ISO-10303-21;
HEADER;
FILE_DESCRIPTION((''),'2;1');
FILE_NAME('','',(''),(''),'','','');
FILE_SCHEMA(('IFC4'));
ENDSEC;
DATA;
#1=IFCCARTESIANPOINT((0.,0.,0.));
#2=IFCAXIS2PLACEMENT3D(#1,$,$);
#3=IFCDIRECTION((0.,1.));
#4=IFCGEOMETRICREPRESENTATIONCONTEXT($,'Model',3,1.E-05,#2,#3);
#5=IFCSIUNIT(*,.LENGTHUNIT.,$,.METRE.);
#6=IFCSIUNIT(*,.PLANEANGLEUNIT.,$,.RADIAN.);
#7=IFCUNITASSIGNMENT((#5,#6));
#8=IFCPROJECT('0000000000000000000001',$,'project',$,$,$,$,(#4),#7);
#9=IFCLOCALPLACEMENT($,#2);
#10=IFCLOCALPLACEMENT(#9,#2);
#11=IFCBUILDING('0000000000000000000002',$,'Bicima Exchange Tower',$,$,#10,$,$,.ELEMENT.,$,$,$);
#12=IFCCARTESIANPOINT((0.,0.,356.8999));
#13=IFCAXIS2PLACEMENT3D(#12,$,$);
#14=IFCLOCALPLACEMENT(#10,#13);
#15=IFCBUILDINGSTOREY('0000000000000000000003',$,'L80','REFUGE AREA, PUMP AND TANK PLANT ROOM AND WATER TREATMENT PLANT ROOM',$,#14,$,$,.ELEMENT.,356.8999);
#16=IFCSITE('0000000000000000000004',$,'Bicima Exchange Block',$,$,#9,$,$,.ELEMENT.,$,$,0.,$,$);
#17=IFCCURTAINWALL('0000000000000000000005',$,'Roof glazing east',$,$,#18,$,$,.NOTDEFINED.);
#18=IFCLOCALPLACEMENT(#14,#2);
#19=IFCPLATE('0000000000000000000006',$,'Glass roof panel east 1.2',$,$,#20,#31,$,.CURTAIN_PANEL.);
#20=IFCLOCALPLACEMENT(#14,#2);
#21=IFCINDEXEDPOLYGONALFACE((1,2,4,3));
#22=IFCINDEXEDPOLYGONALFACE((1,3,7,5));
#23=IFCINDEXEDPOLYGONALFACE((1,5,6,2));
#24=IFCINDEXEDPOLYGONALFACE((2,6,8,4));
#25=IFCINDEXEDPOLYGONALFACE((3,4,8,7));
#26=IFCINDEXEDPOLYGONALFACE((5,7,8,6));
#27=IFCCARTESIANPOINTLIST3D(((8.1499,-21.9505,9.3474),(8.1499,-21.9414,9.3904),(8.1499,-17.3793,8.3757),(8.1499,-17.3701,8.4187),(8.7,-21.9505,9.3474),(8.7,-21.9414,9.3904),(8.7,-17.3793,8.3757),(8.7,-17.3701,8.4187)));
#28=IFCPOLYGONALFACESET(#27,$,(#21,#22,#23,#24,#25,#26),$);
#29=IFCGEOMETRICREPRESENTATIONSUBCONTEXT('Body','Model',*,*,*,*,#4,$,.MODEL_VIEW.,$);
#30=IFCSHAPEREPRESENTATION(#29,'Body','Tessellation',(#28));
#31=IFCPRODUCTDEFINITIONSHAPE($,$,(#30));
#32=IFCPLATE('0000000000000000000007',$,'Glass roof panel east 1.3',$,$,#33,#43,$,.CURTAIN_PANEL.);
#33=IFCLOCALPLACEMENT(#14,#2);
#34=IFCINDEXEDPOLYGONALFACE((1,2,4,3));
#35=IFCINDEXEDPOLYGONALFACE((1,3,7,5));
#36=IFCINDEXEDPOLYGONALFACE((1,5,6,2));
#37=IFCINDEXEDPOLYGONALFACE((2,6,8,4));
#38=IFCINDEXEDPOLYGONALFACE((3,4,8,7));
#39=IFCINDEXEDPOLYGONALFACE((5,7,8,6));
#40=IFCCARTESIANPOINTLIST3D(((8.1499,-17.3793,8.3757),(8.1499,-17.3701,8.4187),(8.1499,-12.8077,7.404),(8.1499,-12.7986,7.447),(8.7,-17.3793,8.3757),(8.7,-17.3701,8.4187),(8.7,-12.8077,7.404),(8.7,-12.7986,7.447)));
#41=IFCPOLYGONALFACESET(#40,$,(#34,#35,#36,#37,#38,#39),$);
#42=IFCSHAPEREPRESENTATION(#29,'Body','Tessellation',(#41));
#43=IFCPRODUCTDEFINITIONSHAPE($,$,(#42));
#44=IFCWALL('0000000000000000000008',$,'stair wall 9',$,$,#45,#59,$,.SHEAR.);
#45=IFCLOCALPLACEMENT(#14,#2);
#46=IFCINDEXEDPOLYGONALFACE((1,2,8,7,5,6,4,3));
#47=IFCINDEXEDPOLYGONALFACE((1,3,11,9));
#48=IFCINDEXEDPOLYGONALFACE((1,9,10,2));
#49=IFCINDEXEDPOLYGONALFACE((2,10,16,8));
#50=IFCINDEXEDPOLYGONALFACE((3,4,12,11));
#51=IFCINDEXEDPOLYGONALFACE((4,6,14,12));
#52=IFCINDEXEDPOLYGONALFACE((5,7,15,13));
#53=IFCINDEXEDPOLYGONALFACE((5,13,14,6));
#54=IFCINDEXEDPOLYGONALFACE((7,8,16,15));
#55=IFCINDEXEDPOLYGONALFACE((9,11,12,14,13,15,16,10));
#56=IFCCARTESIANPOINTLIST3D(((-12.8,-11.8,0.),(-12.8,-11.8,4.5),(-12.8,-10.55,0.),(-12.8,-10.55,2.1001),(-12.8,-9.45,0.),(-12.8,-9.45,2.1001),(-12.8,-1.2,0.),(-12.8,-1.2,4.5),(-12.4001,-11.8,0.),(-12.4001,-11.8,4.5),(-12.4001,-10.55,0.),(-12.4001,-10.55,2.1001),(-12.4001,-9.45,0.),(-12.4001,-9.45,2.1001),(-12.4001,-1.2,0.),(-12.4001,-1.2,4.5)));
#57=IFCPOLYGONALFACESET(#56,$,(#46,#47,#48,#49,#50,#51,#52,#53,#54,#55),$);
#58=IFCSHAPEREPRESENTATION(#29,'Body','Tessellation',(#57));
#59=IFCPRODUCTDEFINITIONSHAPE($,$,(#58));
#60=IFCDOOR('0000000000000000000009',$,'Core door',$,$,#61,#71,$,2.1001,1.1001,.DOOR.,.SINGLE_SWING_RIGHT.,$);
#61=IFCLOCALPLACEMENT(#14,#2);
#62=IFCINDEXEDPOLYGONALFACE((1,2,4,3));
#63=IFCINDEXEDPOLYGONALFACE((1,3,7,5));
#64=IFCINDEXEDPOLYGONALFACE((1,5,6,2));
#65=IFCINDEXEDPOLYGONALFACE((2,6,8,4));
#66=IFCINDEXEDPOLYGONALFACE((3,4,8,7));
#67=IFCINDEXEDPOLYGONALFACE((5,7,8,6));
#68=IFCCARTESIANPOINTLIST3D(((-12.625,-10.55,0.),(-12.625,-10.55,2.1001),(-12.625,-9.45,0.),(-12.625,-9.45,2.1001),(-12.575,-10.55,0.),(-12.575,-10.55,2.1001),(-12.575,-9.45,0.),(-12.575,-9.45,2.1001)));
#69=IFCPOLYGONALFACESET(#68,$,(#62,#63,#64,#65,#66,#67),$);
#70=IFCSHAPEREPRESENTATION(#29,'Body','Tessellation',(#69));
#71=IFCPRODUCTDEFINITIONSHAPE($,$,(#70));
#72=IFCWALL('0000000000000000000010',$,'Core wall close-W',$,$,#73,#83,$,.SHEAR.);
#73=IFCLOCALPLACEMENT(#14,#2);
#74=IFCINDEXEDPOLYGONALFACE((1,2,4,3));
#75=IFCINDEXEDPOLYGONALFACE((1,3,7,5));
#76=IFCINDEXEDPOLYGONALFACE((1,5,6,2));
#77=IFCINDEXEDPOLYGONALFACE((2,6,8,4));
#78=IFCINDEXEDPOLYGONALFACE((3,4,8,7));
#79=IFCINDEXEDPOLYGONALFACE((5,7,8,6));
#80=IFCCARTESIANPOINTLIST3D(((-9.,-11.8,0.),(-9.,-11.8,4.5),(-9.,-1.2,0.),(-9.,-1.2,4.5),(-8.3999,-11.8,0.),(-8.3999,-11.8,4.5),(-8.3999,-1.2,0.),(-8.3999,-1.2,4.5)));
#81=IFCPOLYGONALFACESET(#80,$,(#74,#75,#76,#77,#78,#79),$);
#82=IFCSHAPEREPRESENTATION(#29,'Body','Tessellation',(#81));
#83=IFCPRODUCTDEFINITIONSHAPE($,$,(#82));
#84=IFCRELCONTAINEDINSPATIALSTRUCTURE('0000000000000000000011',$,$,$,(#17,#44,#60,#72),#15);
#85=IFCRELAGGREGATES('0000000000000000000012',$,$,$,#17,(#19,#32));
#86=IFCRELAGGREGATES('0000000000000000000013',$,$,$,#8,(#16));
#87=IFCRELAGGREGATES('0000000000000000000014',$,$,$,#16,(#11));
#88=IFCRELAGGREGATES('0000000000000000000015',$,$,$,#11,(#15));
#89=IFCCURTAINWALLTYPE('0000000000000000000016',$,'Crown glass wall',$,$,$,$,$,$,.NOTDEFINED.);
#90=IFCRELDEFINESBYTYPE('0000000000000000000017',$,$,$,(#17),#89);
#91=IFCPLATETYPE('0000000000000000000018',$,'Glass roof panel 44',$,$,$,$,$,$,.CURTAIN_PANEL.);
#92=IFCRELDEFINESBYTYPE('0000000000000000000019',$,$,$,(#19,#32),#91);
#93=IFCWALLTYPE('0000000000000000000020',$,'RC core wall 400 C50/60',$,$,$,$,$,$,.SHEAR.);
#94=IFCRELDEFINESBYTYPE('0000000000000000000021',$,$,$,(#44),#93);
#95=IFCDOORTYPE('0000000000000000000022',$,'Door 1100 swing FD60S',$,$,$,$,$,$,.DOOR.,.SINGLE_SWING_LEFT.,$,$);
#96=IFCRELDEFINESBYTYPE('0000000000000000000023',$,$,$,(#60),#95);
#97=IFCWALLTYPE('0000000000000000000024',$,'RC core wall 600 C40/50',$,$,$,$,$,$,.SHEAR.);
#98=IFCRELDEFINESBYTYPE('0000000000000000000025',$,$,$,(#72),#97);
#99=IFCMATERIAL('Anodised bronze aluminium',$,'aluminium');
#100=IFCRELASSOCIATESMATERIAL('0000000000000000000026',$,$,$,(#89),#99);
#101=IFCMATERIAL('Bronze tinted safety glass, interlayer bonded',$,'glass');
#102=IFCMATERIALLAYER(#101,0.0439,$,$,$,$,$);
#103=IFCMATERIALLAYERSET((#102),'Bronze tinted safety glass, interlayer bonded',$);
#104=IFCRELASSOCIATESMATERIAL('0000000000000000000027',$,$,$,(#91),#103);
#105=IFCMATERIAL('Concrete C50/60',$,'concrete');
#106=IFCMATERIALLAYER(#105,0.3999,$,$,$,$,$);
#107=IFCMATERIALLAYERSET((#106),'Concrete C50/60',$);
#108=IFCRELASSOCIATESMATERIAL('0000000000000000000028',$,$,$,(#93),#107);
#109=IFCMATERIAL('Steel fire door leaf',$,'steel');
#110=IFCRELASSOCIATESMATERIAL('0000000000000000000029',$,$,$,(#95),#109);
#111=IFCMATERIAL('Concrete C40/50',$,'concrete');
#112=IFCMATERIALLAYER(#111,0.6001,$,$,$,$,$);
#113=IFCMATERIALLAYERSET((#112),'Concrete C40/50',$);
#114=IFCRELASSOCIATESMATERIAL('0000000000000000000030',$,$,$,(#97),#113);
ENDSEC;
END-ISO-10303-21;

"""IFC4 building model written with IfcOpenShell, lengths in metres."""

from ifc_helpers import new_model, si_unit, direction, frame, frame_2d, origin, place, context, subcontext, project, spatial, polyline, rectangle, outline, extrude, material, layer, layer_set, type_object, element, fill, aggregate, save


model = new_model("IFC4")

# Units and contexts
model_context = context("Model", 3, precision=1e-05, world=origin(), true_north=direction((0.0, 1.0)))
body_context = subcontext(model_context, "Body", "Model", "MODEL_VIEW")
ifc_project = project(units=[si_unit("LENGTHUNIT", "METRE"), si_unit("PLANEANGLEUNIT", "RADIAN")], contexts=[model_context])

# Site, building, storey
site_placement = place(None, origin())
site = spatial("IfcSite", under=ifc_project, at=site_placement, Name="Bicima Exchange Block", CompositionType="ELEMENT", RefElevation=0.0)
building_placement = place(site_placement, origin())
building = spatial("IfcBuilding", under=site, at=building_placement, Name="Bicima Exchange Tower", CompositionType="ELEMENT")
storey_placement = place(building_placement, frame((0.0, 0.0, 356.8999)))
storey = spatial("IfcBuildingStorey", under=building, at=storey_placement, Name="L80", Description="REFUGE AREA, PUMP AND TANK PLANT ROOM AND WATER TREATMENT PLANT ROOM", CompositionType="ELEMENT", Elevation=356.8999)

# Shared definitions
ifc_material_1 = material(Name="Anodised bronze aluminium", Category="aluminium")
curtain_wall_type = type_object("IfcCurtainWallType", Name="Crown glass wall", PredefinedType="NOTDEFINED", material=ifc_material_1)

# Curtain wall
curtain_wall_1_placement = place(storey_placement, origin())
curtain_wall_1 = element("IfcCurtainWall", 1, at=curtain_wall_1_placement, inside=storey, type_object=curtain_wall_type, Name="Roof glazing east", PredefinedType="NOTDEFINED")

# Plates
ifc_material_2 = material(Name="Bronze tinted safety glass, interlayer bonded", Category="glass")
ifc_layer_1 = layer(ifc_material_2, 0.0439)
ifc_layer_set_1 = layer_set([ifc_layer_1], Name="Bronze tinted safety glass, interlayer bonded")
plate_type_1 = type_object("IfcPlateType", Name="Glass roof panel 44", PredefinedType="CURTAIN_PANEL", material=ifc_layer_set_1)
plate_1_placement = place(storey_placement, frame((8.1499, -17.3701, 8.4187), z_axis=(0.0, 0.207916, 0.978147), x_axis=(1.0, 0.0, 0.0)))
plate_1 = element("IfcPlate", 2, at=plate_1_placement, type_object=plate_type_1, Name="Glass roof panel east 1.2", PredefinedType="CURTAIN_PANEL", context=body_context, shape_type="SweptSolid", body=[
    extrude(outline(polyline([(0.0, 0.0), (0.55, 0.0), (0.55, -4.6734), (0.0, -4.6734), (0.0, 0.0)])), origin(), (0.0, 0.0, -1.0), 0.0439),
])
plate_2_placement = place(storey_placement, frame((8.1499, -12.7986, 7.447), z_axis=(0.0, 0.207906, 0.978149), x_axis=(1.0, 0.0, 0.0)))
plate_2 = element("IfcPlate", 3, at=plate_2_placement, type_object=plate_type_1, Name="Glass roof panel east 1.3", PredefinedType="CURTAIN_PANEL", context=body_context, shape_type="SweptSolid", body=[
    extrude(outline(polyline([(0.0, 0.0), (0.55, 0.0), (0.55, -4.6737), (0.0, -4.6737), (0.0, 0.0)])), origin(), (0.0, 0.0, -1.0), 0.0439),
])
aggregate(curtain_wall_1, [plate_1, plate_2])

# Wall, opening, door
ifc_material_3 = material(Name="Concrete C50/60", Category="concrete")
ifc_layer_2 = layer(ifc_material_3, 0.3999)
ifc_layer_set_2 = layer_set([ifc_layer_2], Name="Concrete C50/60")
wall_type_1 = type_object("IfcWallType", Name="RC core wall 400 C50/60", PredefinedType="SHEAR", material=ifc_layer_set_2)
wall_1_placement = place(storey_placement, frame((-12.6001, -11.8, 0.0), z_axis=(0.0, 0.0, 1.0), x_axis=(0.0, 1.0, 0.0)))
wall_1 = element("IfcWall", 4, at=wall_1_placement, inside=storey, type_object=wall_type_1, Name="stair wall 9", PredefinedType="SHEAR", context=body_context, shape_type="SweptSolid", body=[
    extrude(rectangle(XDim=10.6001, YDim=0.3999, at=frame_2d((5.3, 0.0))), origin(), (0.0, 0.0, 1.0), 4.5),
])
opening_placement = place(wall_1_placement, frame((1.25, 0.0, 0.0)))
opening = element("IfcOpeningElement", 5, at=opening_placement, cuts=wall_1, PredefinedType="OPENING", context=body_context, shape_type="SweptSolid", body=[
    extrude(rectangle(XDim=1.1001, YDim=2.1001, at=frame_2d((0.55, 1.05))), frame((0.0, 0.2119, 0.0), z_axis=(0.0, -1.0, 0.0), x_axis=(1.0, 0.0, 0.0)), (0.0, 0.0, 1.0), 0.4238),
])
ifc_material_4 = material(Name="Steel fire door leaf", Category="steel")
door_type = type_object("IfcDoorType", Name="Door 1100 swing FD60S", OperationType="SINGLE_SWING_LEFT", PredefinedType="DOOR", material=ifc_material_4)
door_placement = place(opening_placement, origin())
door = element("IfcDoor", 6, at=door_placement, inside=storey, type_object=door_type, Name="Core door", OperationType="SINGLE_SWING_RIGHT", OverallHeight=2.1001, OverallWidth=1.1001, PredefinedType="DOOR", context=body_context, shape_type="SweptSolid", body=[
    extrude(rectangle(XDim=1.1001, YDim=2.1001, at=frame_2d((0.55, 1.05))), frame((0.0, 0.0249, 0.0), z_axis=(0.0, -1.0, 0.0), x_axis=(1.0, 0.0, 0.0)), (0.0, 0.0, 1.0), 0.05),
])
fill(opening, door)

# Wall
ifc_material_5 = material(Name="Concrete C40/50", Category="concrete")
ifc_layer_3 = layer(ifc_material_5, 0.6001)
ifc_layer_set_3 = layer_set([ifc_layer_3], Name="Concrete C40/50")
wall_type_2 = type_object("IfcWallType", Name="RC core wall 600 C40/50", PredefinedType="SHEAR", material=ifc_layer_set_3)
wall_2_placement = place(storey_placement, frame((-8.7, -11.8, 0.0), z_axis=(0.0, 0.0, 1.0), x_axis=(0.0, 1.0, 0.0)))
element("IfcWall", 7, at=wall_2_placement, inside=storey, type_object=wall_type_2, Name="Core wall close-W", PredefinedType="SHEAR", context=body_context, shape_type="SweptSolid", body=[
    extrude(rectangle(XDim=10.6001, YDim=0.6001, at=frame_2d((5.3, 0.0))), origin(), (0.0, 0.0, 1.0), 4.5),
])

save(model, "model.ifc")
